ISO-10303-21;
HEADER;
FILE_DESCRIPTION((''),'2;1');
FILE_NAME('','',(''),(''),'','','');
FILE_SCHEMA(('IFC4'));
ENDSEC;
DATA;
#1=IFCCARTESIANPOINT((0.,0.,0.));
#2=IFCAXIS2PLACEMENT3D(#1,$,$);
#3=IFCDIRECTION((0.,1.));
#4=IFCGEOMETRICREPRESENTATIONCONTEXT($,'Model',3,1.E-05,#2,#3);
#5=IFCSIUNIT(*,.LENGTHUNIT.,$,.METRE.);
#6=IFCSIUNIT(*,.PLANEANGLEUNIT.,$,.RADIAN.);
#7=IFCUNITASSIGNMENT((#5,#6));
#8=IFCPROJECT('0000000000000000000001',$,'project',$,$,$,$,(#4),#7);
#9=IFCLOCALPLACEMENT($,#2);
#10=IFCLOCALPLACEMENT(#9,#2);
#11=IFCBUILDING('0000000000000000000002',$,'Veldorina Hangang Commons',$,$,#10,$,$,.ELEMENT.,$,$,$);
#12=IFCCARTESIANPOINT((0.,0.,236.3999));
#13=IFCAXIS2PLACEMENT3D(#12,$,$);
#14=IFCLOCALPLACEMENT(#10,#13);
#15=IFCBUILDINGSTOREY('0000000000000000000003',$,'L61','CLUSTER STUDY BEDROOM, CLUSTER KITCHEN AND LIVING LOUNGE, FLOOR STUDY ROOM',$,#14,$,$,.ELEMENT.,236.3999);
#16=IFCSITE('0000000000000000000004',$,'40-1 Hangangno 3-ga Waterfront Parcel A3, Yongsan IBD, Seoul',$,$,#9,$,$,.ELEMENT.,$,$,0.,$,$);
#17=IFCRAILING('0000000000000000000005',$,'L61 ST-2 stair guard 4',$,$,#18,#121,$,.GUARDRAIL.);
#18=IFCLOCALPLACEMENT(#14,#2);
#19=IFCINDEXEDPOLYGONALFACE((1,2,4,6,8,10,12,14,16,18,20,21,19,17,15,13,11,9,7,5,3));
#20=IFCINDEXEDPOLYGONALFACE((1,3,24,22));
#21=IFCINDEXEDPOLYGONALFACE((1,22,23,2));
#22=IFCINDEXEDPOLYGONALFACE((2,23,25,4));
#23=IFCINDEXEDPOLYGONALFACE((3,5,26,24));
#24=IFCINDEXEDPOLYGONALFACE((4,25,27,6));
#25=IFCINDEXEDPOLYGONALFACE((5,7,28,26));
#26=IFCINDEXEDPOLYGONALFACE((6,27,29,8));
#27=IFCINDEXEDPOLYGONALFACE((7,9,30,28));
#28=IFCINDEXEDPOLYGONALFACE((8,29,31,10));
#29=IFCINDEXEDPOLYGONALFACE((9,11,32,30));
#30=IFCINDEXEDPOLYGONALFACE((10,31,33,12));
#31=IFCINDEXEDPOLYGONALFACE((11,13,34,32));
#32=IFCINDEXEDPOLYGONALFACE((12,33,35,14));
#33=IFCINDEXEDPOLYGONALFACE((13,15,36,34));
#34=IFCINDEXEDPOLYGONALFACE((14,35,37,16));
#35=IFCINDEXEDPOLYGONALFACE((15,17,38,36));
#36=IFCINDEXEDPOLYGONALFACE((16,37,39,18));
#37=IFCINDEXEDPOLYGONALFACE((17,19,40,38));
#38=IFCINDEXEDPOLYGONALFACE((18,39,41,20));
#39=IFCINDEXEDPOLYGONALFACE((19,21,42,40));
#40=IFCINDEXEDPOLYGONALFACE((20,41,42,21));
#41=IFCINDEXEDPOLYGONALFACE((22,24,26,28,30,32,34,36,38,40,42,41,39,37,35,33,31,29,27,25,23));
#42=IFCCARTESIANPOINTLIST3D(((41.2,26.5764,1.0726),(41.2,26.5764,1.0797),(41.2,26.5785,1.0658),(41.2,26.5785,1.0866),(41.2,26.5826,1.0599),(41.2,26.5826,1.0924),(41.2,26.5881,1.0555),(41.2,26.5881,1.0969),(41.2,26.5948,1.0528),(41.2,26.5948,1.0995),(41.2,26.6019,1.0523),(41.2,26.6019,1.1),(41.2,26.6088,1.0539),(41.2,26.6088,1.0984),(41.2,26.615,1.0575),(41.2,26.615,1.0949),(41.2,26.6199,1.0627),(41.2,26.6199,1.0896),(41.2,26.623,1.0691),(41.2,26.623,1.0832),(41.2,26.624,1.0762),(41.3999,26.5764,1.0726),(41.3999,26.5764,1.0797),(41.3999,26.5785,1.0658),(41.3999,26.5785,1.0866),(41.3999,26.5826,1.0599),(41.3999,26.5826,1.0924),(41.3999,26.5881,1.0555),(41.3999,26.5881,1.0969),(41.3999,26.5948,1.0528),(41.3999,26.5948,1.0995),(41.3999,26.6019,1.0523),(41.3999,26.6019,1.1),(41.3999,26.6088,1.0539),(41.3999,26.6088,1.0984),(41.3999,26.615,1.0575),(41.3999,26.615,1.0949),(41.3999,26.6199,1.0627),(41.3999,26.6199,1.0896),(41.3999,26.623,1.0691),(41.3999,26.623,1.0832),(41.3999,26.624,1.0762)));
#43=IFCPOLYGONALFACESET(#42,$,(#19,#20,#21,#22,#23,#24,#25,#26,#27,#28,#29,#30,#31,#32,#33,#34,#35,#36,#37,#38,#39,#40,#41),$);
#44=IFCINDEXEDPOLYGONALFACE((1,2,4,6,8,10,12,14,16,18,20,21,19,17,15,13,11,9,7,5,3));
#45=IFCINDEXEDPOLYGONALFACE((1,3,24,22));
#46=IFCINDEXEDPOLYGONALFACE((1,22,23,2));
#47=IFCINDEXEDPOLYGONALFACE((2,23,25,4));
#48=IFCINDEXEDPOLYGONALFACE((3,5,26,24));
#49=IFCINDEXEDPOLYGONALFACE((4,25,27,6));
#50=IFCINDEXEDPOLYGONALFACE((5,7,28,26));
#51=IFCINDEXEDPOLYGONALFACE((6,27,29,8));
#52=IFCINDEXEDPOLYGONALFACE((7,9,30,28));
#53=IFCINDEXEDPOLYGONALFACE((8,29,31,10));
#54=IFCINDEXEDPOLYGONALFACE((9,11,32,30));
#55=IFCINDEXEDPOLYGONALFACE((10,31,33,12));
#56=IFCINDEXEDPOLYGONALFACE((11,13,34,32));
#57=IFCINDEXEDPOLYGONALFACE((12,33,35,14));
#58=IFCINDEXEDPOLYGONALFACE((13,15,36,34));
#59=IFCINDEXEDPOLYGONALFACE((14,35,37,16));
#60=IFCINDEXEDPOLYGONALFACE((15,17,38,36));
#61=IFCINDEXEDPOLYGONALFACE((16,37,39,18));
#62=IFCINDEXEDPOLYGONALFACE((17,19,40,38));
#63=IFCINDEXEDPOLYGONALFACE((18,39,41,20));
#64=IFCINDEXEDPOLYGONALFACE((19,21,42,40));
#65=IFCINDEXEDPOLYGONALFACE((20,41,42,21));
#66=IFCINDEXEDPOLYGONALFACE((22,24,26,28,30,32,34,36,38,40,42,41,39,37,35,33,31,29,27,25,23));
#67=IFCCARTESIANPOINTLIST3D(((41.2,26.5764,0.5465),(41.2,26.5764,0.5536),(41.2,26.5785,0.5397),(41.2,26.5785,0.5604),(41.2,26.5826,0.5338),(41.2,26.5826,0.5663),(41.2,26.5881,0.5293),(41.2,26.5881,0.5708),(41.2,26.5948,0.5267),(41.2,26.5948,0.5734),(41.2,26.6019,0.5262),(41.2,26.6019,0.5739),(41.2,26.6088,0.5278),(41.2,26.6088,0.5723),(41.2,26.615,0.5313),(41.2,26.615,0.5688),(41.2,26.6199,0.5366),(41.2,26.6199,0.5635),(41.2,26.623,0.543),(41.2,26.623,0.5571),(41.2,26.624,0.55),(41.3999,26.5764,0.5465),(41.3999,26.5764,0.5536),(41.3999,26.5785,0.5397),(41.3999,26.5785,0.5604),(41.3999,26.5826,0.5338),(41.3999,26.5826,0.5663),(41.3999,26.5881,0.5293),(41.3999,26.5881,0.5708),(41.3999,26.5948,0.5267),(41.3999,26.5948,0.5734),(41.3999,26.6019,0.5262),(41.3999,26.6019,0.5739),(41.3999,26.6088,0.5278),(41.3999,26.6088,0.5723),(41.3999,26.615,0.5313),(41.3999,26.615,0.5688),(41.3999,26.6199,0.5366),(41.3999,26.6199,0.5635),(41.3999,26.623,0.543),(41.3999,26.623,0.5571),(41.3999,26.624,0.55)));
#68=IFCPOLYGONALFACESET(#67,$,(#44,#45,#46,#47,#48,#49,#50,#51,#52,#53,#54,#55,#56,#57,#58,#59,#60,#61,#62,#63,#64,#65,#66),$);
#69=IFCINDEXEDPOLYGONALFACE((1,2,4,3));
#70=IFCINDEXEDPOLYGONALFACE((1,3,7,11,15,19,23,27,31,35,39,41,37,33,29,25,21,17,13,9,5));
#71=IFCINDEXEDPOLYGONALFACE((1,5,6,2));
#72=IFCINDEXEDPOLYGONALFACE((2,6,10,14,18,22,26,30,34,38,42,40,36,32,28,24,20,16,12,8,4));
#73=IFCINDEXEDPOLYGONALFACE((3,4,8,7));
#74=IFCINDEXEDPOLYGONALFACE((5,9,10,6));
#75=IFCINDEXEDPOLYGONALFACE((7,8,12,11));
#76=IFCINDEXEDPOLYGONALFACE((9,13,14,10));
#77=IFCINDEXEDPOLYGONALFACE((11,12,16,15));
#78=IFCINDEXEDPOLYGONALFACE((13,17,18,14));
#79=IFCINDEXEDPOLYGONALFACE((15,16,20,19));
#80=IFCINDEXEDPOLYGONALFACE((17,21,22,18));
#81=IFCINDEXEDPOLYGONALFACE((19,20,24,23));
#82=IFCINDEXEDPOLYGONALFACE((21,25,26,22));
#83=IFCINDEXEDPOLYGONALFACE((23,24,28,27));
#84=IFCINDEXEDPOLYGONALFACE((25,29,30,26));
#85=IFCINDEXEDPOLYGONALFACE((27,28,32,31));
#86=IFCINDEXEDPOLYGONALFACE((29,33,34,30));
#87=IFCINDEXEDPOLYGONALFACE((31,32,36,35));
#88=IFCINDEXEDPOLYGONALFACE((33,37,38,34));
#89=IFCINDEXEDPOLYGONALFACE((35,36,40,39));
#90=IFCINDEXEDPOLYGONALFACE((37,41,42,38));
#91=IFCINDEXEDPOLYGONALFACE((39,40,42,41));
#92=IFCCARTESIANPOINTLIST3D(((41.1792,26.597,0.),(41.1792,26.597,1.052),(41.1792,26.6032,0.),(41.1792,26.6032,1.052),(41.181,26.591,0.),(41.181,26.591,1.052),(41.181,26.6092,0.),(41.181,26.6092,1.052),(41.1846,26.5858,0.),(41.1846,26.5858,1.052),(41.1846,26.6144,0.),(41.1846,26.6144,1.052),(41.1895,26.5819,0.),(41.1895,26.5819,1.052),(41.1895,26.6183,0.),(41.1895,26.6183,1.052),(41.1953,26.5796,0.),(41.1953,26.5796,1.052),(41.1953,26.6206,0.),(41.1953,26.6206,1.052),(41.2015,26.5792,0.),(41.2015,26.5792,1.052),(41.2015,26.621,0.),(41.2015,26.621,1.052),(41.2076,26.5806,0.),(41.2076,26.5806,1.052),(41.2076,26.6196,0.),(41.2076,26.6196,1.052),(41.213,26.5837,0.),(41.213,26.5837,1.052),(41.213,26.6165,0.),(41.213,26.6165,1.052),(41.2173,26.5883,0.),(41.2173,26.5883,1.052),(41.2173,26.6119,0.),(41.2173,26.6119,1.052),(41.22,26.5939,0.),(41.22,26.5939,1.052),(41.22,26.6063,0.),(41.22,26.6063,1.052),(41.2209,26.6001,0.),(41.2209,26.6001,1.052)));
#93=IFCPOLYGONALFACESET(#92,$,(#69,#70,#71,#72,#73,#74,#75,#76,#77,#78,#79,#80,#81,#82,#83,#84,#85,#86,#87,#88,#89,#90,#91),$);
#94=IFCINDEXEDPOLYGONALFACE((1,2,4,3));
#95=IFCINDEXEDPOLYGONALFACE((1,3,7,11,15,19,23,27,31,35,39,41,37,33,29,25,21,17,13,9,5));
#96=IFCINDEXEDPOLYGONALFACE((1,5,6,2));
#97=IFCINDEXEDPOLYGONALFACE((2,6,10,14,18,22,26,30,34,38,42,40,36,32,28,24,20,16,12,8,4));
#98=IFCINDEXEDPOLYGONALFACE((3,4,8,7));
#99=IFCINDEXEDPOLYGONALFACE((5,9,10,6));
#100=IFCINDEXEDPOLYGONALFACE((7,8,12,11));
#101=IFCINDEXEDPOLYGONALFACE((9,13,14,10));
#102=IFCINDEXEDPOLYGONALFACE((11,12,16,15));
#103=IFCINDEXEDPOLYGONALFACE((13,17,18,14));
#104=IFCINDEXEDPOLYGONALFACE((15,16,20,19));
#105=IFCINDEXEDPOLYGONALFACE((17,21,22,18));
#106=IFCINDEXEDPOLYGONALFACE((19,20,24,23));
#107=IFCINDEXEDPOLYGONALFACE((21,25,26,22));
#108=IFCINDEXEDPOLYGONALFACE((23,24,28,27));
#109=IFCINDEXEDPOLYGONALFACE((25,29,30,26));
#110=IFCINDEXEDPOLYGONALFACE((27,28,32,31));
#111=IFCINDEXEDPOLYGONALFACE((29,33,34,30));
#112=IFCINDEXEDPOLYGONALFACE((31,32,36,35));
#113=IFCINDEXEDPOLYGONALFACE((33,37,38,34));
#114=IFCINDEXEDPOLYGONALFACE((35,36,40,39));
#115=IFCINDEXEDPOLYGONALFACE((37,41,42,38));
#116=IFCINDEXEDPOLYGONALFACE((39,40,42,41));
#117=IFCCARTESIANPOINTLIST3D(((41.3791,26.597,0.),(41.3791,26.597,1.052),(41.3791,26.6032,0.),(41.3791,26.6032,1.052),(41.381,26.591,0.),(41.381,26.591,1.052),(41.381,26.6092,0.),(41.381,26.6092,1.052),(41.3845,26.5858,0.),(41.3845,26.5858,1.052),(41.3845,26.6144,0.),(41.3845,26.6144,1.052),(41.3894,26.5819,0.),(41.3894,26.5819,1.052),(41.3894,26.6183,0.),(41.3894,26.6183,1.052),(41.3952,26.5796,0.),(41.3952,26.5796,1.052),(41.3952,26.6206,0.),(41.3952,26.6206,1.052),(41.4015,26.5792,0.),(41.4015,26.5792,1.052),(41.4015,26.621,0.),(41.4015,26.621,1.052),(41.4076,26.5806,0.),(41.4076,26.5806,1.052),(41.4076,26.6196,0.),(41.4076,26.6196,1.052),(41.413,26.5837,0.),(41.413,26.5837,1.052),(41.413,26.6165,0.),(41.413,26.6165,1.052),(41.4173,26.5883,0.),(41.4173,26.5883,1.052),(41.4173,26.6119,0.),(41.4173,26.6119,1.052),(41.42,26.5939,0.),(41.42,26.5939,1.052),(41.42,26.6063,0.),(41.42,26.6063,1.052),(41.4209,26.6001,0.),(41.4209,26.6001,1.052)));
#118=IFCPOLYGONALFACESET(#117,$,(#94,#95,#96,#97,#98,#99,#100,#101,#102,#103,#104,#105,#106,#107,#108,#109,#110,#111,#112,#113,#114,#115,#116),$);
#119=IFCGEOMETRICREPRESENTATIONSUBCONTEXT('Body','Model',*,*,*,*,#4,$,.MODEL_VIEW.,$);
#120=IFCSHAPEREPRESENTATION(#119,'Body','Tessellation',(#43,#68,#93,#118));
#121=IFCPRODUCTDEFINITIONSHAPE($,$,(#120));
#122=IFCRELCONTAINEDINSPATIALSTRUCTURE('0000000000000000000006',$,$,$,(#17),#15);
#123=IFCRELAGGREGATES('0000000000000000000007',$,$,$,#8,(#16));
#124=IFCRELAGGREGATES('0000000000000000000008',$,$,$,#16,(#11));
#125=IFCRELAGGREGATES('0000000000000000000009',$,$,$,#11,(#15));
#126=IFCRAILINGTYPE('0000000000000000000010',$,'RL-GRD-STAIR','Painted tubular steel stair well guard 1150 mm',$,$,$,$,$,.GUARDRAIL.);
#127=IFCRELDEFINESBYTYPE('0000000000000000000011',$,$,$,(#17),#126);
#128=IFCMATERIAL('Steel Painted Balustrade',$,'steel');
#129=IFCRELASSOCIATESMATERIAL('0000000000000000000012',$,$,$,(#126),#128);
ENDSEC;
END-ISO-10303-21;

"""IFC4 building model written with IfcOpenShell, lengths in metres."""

from ifc_helpers import new_model, si_unit, direction, frame, origin, origin_2d, place, context, subcontext, project, spatial, circle, extrude, material, type_object, element, save


model = new_model("IFC4")

# Units and contexts
model_context = context("Model", 3, precision=1e-05, world=origin(), true_north=direction((0.0, 1.0)))
body_context = subcontext(model_context, "Body", "Model", "MODEL_VIEW")
ifc_project = project(units=[si_unit("LENGTHUNIT", "METRE"), si_unit("PLANEANGLEUNIT", "RADIAN")], contexts=[model_context])

# Site, building, storey
site_placement = place(None, origin())
site = spatial("IfcSite", under=ifc_project, at=site_placement, Name="40-1 Hangangno 3-ga Waterfront Parcel A3, Yongsan IBD, Seoul", CompositionType="ELEMENT", RefElevation=0.0)
building_placement = place(site_placement, origin())
building = spatial("IfcBuilding", under=site, at=building_placement, Name="Veldorina Hangang Commons", CompositionType="ELEMENT")
storey_placement = place(building_placement, frame((0.0, 0.0, 236.3999)))
storey = spatial("IfcBuildingStorey", under=building, at=storey_placement, Name="L61", Description="CLUSTER STUDY BEDROOM, CLUSTER KITCHEN AND LIVING LOUNGE, FLOOR STUDY ROOM", CompositionType="ELEMENT", Elevation=236.3999)

# Railing
ifc_material_1 = material(Name="Steel Painted Balustrade", Category="steel")
railing_type_1 = type_object("IfcRailingType", Name="RL-GRD-STAIR", Description="Painted tubular steel stair well guard 1150 mm", PredefinedType="GUARDRAIL", material=ifc_material_1)
railing_1_placement = place(storey_placement, frame((41.2, 26.6001, 0.0)))
element("IfcRailing", 1, at=railing_1_placement, inside=storey, type_object=railing_type_1, Name="L61 ST-2 stair guard 4", PredefinedType="GUARDRAIL", context=body_context, shape_type="SweptSolid", body=[
    extrude(circle(Radius=0.0239, at=origin_2d()), frame((0.0, 0.0, 1.0762), z_axis=(1.0, 0.0, 0.0), x_axis=(0.0, 1.0, 0.0)), (0.0, 0.0, 1.0), 0.2),
    extrude(circle(Radius=0.0239, at=origin_2d()), frame((0.0, 0.0, 0.55), z_axis=(1.0, 0.0, 0.0), x_axis=(0.0, 1.0, 0.0)), (0.0, 0.0, 1.0), 0.2),
    extrude(circle(Radius=0.021, at=origin_2d()), origin(), (0.0, 0.0, 1.0), 1.052),
    extrude(circle(Radius=0.021, at=origin_2d()), frame((0.2, 0.0, 0.0)), (0.0, 0.0, 1.0), 1.052),
])

save(model, "model.ifc")
